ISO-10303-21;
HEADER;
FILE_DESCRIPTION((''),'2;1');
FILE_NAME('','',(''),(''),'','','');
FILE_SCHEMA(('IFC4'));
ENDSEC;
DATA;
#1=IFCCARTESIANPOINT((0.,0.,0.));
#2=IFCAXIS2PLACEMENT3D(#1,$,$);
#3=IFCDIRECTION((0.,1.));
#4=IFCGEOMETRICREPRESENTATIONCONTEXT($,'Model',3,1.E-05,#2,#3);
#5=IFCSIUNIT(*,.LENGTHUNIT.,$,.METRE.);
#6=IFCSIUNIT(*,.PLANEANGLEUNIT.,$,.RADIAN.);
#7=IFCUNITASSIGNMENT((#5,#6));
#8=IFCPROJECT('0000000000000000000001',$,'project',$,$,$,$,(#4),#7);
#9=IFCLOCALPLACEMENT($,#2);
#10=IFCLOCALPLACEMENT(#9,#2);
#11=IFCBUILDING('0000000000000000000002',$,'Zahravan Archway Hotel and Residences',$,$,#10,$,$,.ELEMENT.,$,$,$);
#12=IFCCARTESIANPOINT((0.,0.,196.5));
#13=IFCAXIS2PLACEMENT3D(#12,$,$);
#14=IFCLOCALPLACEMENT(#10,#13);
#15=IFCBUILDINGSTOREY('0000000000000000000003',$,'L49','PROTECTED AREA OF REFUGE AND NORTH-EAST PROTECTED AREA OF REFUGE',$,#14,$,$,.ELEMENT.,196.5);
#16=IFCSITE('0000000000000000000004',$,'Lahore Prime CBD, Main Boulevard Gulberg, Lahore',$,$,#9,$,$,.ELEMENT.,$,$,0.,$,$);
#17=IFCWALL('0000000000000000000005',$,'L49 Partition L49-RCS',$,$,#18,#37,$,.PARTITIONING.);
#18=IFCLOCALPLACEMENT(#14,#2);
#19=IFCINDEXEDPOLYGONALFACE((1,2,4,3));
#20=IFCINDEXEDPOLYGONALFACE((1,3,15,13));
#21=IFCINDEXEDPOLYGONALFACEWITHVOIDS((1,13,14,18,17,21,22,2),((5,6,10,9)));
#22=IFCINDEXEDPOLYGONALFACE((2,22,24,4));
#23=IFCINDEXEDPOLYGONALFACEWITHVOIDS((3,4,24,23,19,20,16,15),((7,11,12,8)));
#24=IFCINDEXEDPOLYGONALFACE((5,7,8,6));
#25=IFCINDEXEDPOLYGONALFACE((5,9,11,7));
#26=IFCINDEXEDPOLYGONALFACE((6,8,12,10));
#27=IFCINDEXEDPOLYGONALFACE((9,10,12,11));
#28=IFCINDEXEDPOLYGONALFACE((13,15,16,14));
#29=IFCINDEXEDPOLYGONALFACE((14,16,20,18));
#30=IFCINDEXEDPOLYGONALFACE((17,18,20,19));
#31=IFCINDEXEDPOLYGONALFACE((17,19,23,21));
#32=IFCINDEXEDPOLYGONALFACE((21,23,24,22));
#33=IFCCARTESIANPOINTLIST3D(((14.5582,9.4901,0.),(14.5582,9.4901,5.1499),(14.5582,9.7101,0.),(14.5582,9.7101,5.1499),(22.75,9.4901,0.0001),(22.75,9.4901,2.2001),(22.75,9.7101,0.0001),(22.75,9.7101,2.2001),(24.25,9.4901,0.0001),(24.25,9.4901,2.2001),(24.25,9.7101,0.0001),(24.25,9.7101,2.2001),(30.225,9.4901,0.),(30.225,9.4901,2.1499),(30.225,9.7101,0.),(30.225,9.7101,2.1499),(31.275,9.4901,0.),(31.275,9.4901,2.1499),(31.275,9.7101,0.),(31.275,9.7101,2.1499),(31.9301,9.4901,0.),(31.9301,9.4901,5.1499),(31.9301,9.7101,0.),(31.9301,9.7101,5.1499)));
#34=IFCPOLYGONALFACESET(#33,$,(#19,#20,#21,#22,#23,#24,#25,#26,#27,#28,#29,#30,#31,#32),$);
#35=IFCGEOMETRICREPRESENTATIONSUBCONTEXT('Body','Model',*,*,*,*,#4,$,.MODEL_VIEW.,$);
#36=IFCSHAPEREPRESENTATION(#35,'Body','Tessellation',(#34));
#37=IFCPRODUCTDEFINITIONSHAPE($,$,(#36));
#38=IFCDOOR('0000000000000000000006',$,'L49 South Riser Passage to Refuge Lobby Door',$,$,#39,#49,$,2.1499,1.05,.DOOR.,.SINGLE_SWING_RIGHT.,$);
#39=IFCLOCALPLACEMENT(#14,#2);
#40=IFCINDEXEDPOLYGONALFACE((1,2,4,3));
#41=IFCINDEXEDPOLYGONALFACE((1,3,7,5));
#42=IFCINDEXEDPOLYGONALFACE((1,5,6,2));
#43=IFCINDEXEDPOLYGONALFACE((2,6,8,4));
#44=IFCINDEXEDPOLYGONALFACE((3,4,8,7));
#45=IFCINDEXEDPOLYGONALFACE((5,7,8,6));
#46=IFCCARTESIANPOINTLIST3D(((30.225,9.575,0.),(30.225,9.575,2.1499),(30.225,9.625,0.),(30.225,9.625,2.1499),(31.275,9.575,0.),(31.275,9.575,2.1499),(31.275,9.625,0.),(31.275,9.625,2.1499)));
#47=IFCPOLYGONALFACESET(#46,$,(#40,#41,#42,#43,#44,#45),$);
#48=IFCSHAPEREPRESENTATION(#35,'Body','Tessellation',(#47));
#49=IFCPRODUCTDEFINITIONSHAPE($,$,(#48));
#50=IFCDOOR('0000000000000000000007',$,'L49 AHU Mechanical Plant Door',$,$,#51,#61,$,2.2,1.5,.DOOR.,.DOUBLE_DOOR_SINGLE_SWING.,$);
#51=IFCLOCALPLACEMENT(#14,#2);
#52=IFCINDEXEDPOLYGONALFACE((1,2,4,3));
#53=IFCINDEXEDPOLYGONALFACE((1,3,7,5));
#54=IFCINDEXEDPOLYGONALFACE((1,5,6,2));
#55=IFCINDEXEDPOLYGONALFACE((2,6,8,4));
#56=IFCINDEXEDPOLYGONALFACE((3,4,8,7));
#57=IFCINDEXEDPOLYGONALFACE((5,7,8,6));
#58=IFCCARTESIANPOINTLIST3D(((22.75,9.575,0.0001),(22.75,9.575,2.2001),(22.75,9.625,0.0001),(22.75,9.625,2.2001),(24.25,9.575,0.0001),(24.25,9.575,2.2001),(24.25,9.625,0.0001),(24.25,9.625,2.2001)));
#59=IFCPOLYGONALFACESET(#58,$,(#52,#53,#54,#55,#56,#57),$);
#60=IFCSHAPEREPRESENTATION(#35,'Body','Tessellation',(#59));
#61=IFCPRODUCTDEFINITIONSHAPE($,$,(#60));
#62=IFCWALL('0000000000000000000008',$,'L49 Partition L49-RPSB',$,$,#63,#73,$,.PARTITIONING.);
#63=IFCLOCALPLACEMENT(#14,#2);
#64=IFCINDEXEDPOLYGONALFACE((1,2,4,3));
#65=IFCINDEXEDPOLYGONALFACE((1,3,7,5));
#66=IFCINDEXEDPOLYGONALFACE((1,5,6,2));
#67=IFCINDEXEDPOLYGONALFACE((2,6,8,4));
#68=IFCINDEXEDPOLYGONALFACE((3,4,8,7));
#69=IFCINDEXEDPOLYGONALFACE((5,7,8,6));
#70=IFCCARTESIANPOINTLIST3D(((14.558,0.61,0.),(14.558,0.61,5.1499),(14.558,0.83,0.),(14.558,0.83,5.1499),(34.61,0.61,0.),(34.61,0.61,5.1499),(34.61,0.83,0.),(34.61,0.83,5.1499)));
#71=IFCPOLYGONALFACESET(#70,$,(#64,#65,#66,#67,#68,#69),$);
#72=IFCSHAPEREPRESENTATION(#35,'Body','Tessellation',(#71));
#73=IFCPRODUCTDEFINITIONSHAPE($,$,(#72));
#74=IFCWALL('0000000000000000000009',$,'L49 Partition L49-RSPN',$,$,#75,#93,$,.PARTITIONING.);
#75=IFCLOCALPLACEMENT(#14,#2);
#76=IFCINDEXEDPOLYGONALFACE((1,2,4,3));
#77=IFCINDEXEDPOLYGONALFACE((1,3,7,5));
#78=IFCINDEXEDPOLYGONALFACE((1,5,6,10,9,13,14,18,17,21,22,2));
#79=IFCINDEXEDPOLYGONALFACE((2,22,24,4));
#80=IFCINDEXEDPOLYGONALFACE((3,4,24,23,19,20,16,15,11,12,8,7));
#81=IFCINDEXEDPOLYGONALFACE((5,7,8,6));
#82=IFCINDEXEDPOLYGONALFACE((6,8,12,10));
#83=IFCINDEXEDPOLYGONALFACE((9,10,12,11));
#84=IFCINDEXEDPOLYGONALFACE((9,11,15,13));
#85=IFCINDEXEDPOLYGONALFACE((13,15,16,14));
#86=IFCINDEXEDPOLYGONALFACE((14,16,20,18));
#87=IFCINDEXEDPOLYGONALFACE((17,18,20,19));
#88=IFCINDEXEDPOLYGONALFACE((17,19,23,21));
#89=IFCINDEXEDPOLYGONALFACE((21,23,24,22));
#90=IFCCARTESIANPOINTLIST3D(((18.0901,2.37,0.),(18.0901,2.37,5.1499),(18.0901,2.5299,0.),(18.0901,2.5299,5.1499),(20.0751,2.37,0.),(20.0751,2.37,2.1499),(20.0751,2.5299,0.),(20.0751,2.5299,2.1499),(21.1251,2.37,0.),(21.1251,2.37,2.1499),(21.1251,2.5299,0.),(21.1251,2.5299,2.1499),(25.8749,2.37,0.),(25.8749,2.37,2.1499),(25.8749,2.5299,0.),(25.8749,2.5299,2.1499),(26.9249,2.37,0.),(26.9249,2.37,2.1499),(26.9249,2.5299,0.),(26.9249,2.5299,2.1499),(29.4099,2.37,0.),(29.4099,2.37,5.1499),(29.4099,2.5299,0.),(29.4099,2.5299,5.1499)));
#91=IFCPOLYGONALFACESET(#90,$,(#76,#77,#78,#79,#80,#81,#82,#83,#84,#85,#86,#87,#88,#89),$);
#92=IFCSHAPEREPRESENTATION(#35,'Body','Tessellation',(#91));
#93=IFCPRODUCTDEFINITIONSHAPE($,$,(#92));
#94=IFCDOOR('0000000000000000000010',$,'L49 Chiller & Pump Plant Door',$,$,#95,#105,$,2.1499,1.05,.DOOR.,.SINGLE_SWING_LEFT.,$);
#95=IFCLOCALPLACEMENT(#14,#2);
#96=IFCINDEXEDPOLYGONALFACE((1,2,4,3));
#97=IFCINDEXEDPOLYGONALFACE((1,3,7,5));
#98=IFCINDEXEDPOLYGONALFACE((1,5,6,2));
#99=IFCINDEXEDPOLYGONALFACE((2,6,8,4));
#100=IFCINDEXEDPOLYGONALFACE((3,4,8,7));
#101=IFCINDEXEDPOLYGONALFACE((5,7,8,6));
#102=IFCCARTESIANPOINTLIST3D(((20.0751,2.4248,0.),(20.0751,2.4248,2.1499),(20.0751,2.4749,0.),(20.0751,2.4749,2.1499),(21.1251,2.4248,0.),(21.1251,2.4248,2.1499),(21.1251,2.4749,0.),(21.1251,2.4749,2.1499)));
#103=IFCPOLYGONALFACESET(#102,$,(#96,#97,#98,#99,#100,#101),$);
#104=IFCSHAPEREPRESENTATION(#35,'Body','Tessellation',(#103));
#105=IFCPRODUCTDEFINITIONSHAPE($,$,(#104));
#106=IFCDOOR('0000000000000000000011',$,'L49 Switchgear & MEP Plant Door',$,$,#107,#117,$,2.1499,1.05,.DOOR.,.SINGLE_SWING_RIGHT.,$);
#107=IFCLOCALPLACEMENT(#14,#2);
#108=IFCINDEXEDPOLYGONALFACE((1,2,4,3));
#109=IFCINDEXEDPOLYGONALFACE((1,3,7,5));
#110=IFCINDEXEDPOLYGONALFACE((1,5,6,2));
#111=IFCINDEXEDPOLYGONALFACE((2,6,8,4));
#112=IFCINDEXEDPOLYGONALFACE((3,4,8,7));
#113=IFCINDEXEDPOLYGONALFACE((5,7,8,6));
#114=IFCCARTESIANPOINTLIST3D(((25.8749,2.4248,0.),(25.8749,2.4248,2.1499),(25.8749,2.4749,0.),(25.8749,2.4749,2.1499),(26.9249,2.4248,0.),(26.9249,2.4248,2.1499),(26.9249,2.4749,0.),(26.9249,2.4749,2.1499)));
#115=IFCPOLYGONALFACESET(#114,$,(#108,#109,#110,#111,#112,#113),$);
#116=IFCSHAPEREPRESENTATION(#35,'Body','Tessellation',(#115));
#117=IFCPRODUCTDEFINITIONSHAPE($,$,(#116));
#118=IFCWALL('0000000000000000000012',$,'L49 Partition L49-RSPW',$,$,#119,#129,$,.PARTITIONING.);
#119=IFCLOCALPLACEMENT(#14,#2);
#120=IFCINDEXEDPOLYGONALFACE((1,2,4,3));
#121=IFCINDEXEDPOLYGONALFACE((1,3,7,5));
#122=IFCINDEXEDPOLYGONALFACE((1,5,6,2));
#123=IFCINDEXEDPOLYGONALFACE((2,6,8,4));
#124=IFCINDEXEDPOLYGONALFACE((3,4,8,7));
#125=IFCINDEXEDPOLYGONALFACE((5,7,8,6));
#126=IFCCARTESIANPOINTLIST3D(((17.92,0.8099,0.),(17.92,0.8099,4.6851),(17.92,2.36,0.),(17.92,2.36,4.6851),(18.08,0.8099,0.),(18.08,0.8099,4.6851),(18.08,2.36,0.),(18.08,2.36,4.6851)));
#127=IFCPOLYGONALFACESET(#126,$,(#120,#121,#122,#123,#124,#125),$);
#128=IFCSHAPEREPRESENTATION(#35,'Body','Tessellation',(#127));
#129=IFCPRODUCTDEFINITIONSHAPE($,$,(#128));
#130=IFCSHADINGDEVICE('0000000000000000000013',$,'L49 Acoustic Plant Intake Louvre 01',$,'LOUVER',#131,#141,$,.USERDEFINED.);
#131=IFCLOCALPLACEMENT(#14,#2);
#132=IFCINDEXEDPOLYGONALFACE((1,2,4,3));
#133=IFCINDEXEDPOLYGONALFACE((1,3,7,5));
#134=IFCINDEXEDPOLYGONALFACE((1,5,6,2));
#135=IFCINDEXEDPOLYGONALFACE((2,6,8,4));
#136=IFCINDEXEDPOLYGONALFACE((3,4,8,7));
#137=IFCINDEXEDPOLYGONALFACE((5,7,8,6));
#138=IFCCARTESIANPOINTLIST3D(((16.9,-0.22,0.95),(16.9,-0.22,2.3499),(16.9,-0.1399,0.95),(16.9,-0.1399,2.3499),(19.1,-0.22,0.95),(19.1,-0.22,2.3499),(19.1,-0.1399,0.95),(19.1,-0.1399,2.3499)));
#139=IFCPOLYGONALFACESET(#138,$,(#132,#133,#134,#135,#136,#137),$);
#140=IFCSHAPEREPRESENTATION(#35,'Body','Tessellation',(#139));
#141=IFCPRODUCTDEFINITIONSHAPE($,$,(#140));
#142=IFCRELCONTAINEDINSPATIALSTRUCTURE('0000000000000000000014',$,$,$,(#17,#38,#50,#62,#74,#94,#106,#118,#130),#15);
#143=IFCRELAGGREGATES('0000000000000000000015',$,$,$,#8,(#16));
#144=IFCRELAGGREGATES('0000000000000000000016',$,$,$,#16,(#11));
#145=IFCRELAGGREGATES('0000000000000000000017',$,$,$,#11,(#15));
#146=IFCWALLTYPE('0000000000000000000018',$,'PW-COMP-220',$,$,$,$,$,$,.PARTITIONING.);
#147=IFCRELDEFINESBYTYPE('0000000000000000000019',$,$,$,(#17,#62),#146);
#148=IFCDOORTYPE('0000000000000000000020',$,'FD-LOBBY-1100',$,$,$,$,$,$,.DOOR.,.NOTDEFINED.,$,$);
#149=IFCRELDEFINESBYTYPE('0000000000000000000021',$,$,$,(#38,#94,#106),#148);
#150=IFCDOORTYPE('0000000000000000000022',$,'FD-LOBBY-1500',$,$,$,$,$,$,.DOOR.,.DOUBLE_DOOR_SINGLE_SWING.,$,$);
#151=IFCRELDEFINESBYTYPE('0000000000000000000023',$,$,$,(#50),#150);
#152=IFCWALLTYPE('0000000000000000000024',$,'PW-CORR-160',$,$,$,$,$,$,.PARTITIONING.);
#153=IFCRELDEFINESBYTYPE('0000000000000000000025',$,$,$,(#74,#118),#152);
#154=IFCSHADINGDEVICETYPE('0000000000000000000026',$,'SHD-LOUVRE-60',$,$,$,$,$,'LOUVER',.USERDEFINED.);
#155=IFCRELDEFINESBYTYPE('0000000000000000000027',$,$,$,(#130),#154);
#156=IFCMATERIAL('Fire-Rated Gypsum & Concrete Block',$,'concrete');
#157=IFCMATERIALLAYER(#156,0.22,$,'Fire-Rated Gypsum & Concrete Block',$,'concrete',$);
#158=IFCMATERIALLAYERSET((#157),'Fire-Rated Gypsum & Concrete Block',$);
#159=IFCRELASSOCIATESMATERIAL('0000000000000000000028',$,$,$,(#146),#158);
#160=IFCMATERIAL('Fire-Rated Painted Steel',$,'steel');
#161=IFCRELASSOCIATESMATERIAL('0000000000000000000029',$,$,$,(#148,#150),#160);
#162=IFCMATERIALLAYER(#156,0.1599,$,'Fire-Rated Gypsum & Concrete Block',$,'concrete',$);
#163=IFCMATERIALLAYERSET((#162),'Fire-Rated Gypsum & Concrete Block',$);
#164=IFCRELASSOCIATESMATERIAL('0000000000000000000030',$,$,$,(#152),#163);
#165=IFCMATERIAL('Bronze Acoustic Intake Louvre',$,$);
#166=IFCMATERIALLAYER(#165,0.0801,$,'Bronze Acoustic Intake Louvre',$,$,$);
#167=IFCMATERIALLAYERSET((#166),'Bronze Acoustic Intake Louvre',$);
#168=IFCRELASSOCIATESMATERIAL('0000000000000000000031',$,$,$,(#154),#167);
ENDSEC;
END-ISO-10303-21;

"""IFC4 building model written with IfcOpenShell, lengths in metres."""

from ifc_helpers import new_model, si_unit, direction, frame, frame_2d, origin, origin_2d, place, context, subcontext, project, spatial, rectangle, extrude, source, transform, mapped, material, layer, layer_set, type_object, type_shapes, element, fill, save


model = new_model("IFC4")

# Units and contexts
model_context = context("Model", 3, precision=1e-05, world=origin(), true_north=direction((0.0, 1.0)))
body_context = subcontext(model_context, "Body", "Model", "MODEL_VIEW")
ifc_project = project(units=[si_unit("LENGTHUNIT", "METRE"), si_unit("PLANEANGLEUNIT", "RADIAN")], contexts=[model_context])

# Site, building, storey
site_placement = place(None, origin())
site = spatial("IfcSite", under=ifc_project, at=site_placement, Name="Lahore Prime CBD, Main Boulevard Gulberg, Lahore", CompositionType="ELEMENT", RefElevation=0.0)
building_placement = place(site_placement, origin())
building = spatial("IfcBuilding", under=site, at=building_placement, Name="Zahravan Archway Hotel and Residences", CompositionType="ELEMENT")
storey_placement = place(building_placement, frame((0.0, 0.0, 196.5)))
storey = spatial("IfcBuildingStorey", under=building, at=storey_placement, Name="L49", Description="PROTECTED AREA OF REFUGE AND NORTH-EAST PROTECTED AREA OF REFUGE", CompositionType="ELEMENT", Elevation=196.5)

# Shared definitions
ifc_material_1 = material(Name="Fire-Rated Gypsum & Concrete Block", Category="concrete")
ifc_layer_1 = layer(ifc_material_1, 0.22, Name="Fire-Rated Gypsum & Concrete Block", Category="concrete")
ifc_layer_set_1 = layer_set([ifc_layer_1], Name="Fire-Rated Gypsum & Concrete Block")
wall_type_1 = type_object("IfcWallType", Name="PW-COMP-220", PredefinedType="PARTITIONING", material=ifc_layer_set_1)

# Wall, openings, doors
wall_1_placement = place(storey_placement, frame((14.5581, 9.6001, 0.0), z_axis=(0.0, 0.0, 1.0), x_axis=(1.0, 0.0, 0.0)))
wall_1 = element("IfcWall", 1, at=wall_1_placement, inside=storey, type_object=wall_type_1, Name="L49 Partition L49-RCS", PredefinedType="PARTITIONING", context=body_context, shape_type="SweptSolid", body=[
    extrude(rectangle(XDim=17.3718, YDim=0.22, at=frame_2d((8.686, 0.0))), origin(), (0.0, 0.0, 1.0), 5.1499),
])
opening_1_placement = place(wall_1_placement, frame((15.667, 0.0, 0.0)))
opening_1 = element("IfcOpeningElement", 2, at=opening_1_placement, cuts=wall_1, PredefinedType="OPENING", context=body_context, shape_type="SweptSolid", body=[
    extrude(rectangle(XDim=1.05, YDim=2.1499, at=frame_2d((0.5249, 1.075))), frame((0.0, 0.1201, 0.0), z_axis=(0.0, -1.0, 0.0), x_axis=(1.0, 0.0, 0.0)), (0.0, 0.0, 1.0), 0.24),
])
opening_2_placement = place(wall_1_placement, frame((8.1919, 0.0, 0.0)))
opening_2 = element("IfcOpeningElement", 3, at=opening_2_placement, cuts=wall_1, PredefinedType="OPENING", context=body_context, shape_type="SweptSolid", body=[
    extrude(rectangle(XDim=1.5, YDim=2.2, at=frame_2d((0.75, 1.1001))), frame((0.0, 0.1201, 0.0), z_axis=(0.0, -1.0, 0.0), x_axis=(1.0, 0.0, 0.0)), (0.0, 0.0, 1.0), 0.24),
])
ifc_material_2 = material(Name="Fire-Rated Painted Steel", Category="steel")
door_type_1 = type_object("IfcDoorType", Name="FD-LOBBY-1100", OperationType="NOTDEFINED", PredefinedType="DOOR", material=ifc_material_2)
shared_shape_1 = source(origin(), body_context, "Body", "SweptSolid", [
    extrude(rectangle(XDim=1.05, YDim=2.1499, at=frame_2d((0.5249, 1.075))), frame((0.0, 0.0249, 0.0), z_axis=(0.0, -1.0, 0.0), x_axis=(1.0, 0.0, 0.0)), (0.0, 0.0, 1.0), 0.05),
])
type_shapes(door_type_1, [shared_shape_1])
door_1_placement = place(opening_1_placement, origin())
door_1 = element("IfcDoor", 4, at=door_1_placement, inside=storey, type_object=door_type_1, Name="L49 South Riser Passage to Refuge Lobby Door", OperationType="SINGLE_SWING_RIGHT", OverallHeight=2.1499, OverallWidth=1.05, PredefinedType="DOOR", context=body_context, shape_type="MappedRepresentation", body=[
    mapped(shared_shape_1, transform((0.0, 0.0, 0.0), scale=1.0)),
])
fill(opening_1, door_1)
door_type_2 = type_object("IfcDoorType", Name="FD-LOBBY-1500", OperationType="DOUBLE_DOOR_SINGLE_SWING", PredefinedType="DOOR", material=ifc_material_2)
shared_shape_2 = source(origin(), body_context, "Body", "SweptSolid", [
    extrude(rectangle(XDim=1.5, YDim=2.2, at=frame_2d((0.75, 1.1001))), frame((0.0, 0.0249, 0.0), z_axis=(0.0, -1.0, 0.0), x_axis=(1.0, 0.0, 0.0)), (0.0, 0.0, 1.0), 0.05),
])
type_shapes(door_type_2, [shared_shape_2])
door_2_placement = place(opening_2_placement, origin())
door_2 = element("IfcDoor", 5, at=door_2_placement, inside=storey, type_object=door_type_2, Name="L49 AHU Mechanical Plant Door", OperationType="DOUBLE_DOOR_SINGLE_SWING", OverallHeight=2.2, OverallWidth=1.5, PredefinedType="DOOR", context=body_context, shape_type="MappedRepresentation", body=[
    mapped(shared_shape_2, transform((0.0, 0.0, 0.0), scale=1.0)),
])
fill(opening_2, door_2)

# Wall
wall_2_placement = place(storey_placement, frame((14.5581, 0.72, 0.0), z_axis=(0.0, 0.0, 1.0), x_axis=(1.0, 0.0, 0.0)))
element("IfcWall", 6, at=wall_2_placement, inside=storey, type_object=wall_type_1, Name="L49 Partition L49-RPSB", PredefinedType="PARTITIONING", context=body_context, shape_type="SweptSolid", body=[
    extrude(rectangle(XDim=20.052, YDim=0.22, at=frame_2d((10.0259, 0.0))), origin(), (0.0, 0.0, 1.0), 5.1499),
])

# Wall, openings, doors
ifc_layer_2 = layer(ifc_material_1, 0.1599, Name="Fire-Rated Gypsum & Concrete Block", Category="concrete")
ifc_layer_set_2 = layer_set([ifc_layer_2], Name="Fire-Rated Gypsum & Concrete Block")
wall_type_2 = type_object("IfcWallType", Name="PW-CORR-160", PredefinedType="PARTITIONING", material=ifc_layer_set_2)
wall_3_placement = place(storey_placement, frame((18.0901, 2.45, 0.0), z_axis=(0.0, 0.0, 1.0), x_axis=(1.0, 0.0, 0.0)))
wall_3 = element("IfcWall", 7, at=wall_3_placement, inside=storey, type_object=wall_type_2, Name="L49 Partition L49-RSPN", PredefinedType="PARTITIONING", context=body_context, shape_type="SweptSolid", body=[
    extrude(rectangle(XDim=11.3198, YDim=0.1599, at=frame_2d((5.6599, 0.0))), origin(), (0.0, 0.0, 1.0), 5.1499),
])
opening_3_placement = place(wall_3_placement, frame((1.9851, 0.0, 0.0)))
opening_3 = element("IfcOpeningElement", 8, at=opening_3_placement, cuts=wall_3, PredefinedType="OPENING", context=body_context, shape_type="SweptSolid", body=[
    extrude(rectangle(XDim=1.05, YDim=2.1499, at=frame_2d((0.5249, 1.075))), frame((0.0, 0.0898, 0.0), z_axis=(0.0, -1.0, 0.0), x_axis=(1.0, 0.0, 0.0)), (0.0, 0.0, 1.0), 0.1799),
])
opening_4_placement = place(wall_3_placement, frame((7.7849, 0.0, 0.0)))
opening_4 = element("IfcOpeningElement", 9, at=opening_4_placement, cuts=wall_3, PredefinedType="OPENING", context=body_context, shape_type="SweptSolid", body=[
    extrude(rectangle(XDim=1.05, YDim=2.1499, at=frame_2d((0.5249, 1.075))), frame((0.0, 0.0898, 0.0), z_axis=(0.0, -1.0, 0.0), x_axis=(1.0, 0.0, 0.0)), (0.0, 0.0, 1.0), 0.1799),
])
door_3_placement = place(opening_3_placement, origin())
door_3 = element("IfcDoor", 10, at=door_3_placement, inside=storey, type_object=door_type_1, Name="L49 Chiller & Pump Plant Door", OperationType="SINGLE_SWING_LEFT", OverallHeight=2.1499, OverallWidth=1.05, PredefinedType="DOOR", context=body_context, shape_type="MappedRepresentation", body=[
    mapped(shared_shape_1, transform((0.0, 0.0, 0.0), scale=1.0)),
])
fill(opening_3, door_3)
door_4_placement = place(opening_4_placement, origin())
door_4 = element("IfcDoor", 11, at=door_4_placement, inside=storey, type_object=door_type_1, Name="L49 Switchgear & MEP Plant Door", OperationType="SINGLE_SWING_RIGHT", OverallHeight=2.1499, OverallWidth=1.05, PredefinedType="DOOR", context=body_context, shape_type="MappedRepresentation", body=[
    mapped(shared_shape_1, transform((0.0, 0.0, 0.0), scale=1.0)),
])
fill(opening_4, door_4)

# Wall
wall_4_placement = place(storey_placement, frame((18.0, 0.8101, 0.0), z_axis=(0.0, 0.0, 1.0), x_axis=(0.0, 1.0, 0.0)))
element("IfcWall", 12, at=wall_4_placement, inside=storey, type_object=wall_type_2, Name="L49 Partition L49-RSPW", PredefinedType="PARTITIONING", context=body_context, shape_type="SweptSolid", body=[
    extrude(rectangle(XDim=1.55, YDim=0.1599, at=frame_2d((0.7749, 0.0))), origin(), (0.0, 0.0, 1.0), 4.6851),
])

# Shading device
ifc_material_3 = material(Name="Bronze Acoustic Intake Louvre")
ifc_layer_3 = layer(ifc_material_3, 0.0801, Name="Bronze Acoustic Intake Louvre")
ifc_layer_set_3 = layer_set([ifc_layer_3], Name="Bronze Acoustic Intake Louvre")
shading_device_type = type_object("IfcShadingDeviceType", Name="SHD-LOUVRE-60", ElementType="LOUVER", PredefinedType="USERDEFINED", material=ifc_layer_set_3)
shared_shape_3 = source(origin(), body_context, "Body", "SweptSolid", [
    extrude(rectangle(XDim=2.2, YDim=0.0801, at=origin_2d()), origin(), (0.0, 0.0, 1.0), 1.3999),
])
type_shapes(shading_device_type, [shared_shape_3])
shading_device_placement = place(storey_placement, frame((18.0, -0.1799, 0.95), z_axis=(0.0, 0.0, 1.0), x_axis=(1.0, 0.0, 0.0)))
element("IfcShadingDevice", 13, at=shading_device_placement, inside=storey, type_object=shading_device_type, Name="L49 Acoustic Plant Intake Louvre 01", ObjectType="LOUVER", PredefinedType="USERDEFINED", context=body_context, shape_type="MappedRepresentation", body=[
    mapped(shared_shape_3, transform((0.0, 0.0, 0.0), scale=1.0)),
])

save(model, "model.ifc")
